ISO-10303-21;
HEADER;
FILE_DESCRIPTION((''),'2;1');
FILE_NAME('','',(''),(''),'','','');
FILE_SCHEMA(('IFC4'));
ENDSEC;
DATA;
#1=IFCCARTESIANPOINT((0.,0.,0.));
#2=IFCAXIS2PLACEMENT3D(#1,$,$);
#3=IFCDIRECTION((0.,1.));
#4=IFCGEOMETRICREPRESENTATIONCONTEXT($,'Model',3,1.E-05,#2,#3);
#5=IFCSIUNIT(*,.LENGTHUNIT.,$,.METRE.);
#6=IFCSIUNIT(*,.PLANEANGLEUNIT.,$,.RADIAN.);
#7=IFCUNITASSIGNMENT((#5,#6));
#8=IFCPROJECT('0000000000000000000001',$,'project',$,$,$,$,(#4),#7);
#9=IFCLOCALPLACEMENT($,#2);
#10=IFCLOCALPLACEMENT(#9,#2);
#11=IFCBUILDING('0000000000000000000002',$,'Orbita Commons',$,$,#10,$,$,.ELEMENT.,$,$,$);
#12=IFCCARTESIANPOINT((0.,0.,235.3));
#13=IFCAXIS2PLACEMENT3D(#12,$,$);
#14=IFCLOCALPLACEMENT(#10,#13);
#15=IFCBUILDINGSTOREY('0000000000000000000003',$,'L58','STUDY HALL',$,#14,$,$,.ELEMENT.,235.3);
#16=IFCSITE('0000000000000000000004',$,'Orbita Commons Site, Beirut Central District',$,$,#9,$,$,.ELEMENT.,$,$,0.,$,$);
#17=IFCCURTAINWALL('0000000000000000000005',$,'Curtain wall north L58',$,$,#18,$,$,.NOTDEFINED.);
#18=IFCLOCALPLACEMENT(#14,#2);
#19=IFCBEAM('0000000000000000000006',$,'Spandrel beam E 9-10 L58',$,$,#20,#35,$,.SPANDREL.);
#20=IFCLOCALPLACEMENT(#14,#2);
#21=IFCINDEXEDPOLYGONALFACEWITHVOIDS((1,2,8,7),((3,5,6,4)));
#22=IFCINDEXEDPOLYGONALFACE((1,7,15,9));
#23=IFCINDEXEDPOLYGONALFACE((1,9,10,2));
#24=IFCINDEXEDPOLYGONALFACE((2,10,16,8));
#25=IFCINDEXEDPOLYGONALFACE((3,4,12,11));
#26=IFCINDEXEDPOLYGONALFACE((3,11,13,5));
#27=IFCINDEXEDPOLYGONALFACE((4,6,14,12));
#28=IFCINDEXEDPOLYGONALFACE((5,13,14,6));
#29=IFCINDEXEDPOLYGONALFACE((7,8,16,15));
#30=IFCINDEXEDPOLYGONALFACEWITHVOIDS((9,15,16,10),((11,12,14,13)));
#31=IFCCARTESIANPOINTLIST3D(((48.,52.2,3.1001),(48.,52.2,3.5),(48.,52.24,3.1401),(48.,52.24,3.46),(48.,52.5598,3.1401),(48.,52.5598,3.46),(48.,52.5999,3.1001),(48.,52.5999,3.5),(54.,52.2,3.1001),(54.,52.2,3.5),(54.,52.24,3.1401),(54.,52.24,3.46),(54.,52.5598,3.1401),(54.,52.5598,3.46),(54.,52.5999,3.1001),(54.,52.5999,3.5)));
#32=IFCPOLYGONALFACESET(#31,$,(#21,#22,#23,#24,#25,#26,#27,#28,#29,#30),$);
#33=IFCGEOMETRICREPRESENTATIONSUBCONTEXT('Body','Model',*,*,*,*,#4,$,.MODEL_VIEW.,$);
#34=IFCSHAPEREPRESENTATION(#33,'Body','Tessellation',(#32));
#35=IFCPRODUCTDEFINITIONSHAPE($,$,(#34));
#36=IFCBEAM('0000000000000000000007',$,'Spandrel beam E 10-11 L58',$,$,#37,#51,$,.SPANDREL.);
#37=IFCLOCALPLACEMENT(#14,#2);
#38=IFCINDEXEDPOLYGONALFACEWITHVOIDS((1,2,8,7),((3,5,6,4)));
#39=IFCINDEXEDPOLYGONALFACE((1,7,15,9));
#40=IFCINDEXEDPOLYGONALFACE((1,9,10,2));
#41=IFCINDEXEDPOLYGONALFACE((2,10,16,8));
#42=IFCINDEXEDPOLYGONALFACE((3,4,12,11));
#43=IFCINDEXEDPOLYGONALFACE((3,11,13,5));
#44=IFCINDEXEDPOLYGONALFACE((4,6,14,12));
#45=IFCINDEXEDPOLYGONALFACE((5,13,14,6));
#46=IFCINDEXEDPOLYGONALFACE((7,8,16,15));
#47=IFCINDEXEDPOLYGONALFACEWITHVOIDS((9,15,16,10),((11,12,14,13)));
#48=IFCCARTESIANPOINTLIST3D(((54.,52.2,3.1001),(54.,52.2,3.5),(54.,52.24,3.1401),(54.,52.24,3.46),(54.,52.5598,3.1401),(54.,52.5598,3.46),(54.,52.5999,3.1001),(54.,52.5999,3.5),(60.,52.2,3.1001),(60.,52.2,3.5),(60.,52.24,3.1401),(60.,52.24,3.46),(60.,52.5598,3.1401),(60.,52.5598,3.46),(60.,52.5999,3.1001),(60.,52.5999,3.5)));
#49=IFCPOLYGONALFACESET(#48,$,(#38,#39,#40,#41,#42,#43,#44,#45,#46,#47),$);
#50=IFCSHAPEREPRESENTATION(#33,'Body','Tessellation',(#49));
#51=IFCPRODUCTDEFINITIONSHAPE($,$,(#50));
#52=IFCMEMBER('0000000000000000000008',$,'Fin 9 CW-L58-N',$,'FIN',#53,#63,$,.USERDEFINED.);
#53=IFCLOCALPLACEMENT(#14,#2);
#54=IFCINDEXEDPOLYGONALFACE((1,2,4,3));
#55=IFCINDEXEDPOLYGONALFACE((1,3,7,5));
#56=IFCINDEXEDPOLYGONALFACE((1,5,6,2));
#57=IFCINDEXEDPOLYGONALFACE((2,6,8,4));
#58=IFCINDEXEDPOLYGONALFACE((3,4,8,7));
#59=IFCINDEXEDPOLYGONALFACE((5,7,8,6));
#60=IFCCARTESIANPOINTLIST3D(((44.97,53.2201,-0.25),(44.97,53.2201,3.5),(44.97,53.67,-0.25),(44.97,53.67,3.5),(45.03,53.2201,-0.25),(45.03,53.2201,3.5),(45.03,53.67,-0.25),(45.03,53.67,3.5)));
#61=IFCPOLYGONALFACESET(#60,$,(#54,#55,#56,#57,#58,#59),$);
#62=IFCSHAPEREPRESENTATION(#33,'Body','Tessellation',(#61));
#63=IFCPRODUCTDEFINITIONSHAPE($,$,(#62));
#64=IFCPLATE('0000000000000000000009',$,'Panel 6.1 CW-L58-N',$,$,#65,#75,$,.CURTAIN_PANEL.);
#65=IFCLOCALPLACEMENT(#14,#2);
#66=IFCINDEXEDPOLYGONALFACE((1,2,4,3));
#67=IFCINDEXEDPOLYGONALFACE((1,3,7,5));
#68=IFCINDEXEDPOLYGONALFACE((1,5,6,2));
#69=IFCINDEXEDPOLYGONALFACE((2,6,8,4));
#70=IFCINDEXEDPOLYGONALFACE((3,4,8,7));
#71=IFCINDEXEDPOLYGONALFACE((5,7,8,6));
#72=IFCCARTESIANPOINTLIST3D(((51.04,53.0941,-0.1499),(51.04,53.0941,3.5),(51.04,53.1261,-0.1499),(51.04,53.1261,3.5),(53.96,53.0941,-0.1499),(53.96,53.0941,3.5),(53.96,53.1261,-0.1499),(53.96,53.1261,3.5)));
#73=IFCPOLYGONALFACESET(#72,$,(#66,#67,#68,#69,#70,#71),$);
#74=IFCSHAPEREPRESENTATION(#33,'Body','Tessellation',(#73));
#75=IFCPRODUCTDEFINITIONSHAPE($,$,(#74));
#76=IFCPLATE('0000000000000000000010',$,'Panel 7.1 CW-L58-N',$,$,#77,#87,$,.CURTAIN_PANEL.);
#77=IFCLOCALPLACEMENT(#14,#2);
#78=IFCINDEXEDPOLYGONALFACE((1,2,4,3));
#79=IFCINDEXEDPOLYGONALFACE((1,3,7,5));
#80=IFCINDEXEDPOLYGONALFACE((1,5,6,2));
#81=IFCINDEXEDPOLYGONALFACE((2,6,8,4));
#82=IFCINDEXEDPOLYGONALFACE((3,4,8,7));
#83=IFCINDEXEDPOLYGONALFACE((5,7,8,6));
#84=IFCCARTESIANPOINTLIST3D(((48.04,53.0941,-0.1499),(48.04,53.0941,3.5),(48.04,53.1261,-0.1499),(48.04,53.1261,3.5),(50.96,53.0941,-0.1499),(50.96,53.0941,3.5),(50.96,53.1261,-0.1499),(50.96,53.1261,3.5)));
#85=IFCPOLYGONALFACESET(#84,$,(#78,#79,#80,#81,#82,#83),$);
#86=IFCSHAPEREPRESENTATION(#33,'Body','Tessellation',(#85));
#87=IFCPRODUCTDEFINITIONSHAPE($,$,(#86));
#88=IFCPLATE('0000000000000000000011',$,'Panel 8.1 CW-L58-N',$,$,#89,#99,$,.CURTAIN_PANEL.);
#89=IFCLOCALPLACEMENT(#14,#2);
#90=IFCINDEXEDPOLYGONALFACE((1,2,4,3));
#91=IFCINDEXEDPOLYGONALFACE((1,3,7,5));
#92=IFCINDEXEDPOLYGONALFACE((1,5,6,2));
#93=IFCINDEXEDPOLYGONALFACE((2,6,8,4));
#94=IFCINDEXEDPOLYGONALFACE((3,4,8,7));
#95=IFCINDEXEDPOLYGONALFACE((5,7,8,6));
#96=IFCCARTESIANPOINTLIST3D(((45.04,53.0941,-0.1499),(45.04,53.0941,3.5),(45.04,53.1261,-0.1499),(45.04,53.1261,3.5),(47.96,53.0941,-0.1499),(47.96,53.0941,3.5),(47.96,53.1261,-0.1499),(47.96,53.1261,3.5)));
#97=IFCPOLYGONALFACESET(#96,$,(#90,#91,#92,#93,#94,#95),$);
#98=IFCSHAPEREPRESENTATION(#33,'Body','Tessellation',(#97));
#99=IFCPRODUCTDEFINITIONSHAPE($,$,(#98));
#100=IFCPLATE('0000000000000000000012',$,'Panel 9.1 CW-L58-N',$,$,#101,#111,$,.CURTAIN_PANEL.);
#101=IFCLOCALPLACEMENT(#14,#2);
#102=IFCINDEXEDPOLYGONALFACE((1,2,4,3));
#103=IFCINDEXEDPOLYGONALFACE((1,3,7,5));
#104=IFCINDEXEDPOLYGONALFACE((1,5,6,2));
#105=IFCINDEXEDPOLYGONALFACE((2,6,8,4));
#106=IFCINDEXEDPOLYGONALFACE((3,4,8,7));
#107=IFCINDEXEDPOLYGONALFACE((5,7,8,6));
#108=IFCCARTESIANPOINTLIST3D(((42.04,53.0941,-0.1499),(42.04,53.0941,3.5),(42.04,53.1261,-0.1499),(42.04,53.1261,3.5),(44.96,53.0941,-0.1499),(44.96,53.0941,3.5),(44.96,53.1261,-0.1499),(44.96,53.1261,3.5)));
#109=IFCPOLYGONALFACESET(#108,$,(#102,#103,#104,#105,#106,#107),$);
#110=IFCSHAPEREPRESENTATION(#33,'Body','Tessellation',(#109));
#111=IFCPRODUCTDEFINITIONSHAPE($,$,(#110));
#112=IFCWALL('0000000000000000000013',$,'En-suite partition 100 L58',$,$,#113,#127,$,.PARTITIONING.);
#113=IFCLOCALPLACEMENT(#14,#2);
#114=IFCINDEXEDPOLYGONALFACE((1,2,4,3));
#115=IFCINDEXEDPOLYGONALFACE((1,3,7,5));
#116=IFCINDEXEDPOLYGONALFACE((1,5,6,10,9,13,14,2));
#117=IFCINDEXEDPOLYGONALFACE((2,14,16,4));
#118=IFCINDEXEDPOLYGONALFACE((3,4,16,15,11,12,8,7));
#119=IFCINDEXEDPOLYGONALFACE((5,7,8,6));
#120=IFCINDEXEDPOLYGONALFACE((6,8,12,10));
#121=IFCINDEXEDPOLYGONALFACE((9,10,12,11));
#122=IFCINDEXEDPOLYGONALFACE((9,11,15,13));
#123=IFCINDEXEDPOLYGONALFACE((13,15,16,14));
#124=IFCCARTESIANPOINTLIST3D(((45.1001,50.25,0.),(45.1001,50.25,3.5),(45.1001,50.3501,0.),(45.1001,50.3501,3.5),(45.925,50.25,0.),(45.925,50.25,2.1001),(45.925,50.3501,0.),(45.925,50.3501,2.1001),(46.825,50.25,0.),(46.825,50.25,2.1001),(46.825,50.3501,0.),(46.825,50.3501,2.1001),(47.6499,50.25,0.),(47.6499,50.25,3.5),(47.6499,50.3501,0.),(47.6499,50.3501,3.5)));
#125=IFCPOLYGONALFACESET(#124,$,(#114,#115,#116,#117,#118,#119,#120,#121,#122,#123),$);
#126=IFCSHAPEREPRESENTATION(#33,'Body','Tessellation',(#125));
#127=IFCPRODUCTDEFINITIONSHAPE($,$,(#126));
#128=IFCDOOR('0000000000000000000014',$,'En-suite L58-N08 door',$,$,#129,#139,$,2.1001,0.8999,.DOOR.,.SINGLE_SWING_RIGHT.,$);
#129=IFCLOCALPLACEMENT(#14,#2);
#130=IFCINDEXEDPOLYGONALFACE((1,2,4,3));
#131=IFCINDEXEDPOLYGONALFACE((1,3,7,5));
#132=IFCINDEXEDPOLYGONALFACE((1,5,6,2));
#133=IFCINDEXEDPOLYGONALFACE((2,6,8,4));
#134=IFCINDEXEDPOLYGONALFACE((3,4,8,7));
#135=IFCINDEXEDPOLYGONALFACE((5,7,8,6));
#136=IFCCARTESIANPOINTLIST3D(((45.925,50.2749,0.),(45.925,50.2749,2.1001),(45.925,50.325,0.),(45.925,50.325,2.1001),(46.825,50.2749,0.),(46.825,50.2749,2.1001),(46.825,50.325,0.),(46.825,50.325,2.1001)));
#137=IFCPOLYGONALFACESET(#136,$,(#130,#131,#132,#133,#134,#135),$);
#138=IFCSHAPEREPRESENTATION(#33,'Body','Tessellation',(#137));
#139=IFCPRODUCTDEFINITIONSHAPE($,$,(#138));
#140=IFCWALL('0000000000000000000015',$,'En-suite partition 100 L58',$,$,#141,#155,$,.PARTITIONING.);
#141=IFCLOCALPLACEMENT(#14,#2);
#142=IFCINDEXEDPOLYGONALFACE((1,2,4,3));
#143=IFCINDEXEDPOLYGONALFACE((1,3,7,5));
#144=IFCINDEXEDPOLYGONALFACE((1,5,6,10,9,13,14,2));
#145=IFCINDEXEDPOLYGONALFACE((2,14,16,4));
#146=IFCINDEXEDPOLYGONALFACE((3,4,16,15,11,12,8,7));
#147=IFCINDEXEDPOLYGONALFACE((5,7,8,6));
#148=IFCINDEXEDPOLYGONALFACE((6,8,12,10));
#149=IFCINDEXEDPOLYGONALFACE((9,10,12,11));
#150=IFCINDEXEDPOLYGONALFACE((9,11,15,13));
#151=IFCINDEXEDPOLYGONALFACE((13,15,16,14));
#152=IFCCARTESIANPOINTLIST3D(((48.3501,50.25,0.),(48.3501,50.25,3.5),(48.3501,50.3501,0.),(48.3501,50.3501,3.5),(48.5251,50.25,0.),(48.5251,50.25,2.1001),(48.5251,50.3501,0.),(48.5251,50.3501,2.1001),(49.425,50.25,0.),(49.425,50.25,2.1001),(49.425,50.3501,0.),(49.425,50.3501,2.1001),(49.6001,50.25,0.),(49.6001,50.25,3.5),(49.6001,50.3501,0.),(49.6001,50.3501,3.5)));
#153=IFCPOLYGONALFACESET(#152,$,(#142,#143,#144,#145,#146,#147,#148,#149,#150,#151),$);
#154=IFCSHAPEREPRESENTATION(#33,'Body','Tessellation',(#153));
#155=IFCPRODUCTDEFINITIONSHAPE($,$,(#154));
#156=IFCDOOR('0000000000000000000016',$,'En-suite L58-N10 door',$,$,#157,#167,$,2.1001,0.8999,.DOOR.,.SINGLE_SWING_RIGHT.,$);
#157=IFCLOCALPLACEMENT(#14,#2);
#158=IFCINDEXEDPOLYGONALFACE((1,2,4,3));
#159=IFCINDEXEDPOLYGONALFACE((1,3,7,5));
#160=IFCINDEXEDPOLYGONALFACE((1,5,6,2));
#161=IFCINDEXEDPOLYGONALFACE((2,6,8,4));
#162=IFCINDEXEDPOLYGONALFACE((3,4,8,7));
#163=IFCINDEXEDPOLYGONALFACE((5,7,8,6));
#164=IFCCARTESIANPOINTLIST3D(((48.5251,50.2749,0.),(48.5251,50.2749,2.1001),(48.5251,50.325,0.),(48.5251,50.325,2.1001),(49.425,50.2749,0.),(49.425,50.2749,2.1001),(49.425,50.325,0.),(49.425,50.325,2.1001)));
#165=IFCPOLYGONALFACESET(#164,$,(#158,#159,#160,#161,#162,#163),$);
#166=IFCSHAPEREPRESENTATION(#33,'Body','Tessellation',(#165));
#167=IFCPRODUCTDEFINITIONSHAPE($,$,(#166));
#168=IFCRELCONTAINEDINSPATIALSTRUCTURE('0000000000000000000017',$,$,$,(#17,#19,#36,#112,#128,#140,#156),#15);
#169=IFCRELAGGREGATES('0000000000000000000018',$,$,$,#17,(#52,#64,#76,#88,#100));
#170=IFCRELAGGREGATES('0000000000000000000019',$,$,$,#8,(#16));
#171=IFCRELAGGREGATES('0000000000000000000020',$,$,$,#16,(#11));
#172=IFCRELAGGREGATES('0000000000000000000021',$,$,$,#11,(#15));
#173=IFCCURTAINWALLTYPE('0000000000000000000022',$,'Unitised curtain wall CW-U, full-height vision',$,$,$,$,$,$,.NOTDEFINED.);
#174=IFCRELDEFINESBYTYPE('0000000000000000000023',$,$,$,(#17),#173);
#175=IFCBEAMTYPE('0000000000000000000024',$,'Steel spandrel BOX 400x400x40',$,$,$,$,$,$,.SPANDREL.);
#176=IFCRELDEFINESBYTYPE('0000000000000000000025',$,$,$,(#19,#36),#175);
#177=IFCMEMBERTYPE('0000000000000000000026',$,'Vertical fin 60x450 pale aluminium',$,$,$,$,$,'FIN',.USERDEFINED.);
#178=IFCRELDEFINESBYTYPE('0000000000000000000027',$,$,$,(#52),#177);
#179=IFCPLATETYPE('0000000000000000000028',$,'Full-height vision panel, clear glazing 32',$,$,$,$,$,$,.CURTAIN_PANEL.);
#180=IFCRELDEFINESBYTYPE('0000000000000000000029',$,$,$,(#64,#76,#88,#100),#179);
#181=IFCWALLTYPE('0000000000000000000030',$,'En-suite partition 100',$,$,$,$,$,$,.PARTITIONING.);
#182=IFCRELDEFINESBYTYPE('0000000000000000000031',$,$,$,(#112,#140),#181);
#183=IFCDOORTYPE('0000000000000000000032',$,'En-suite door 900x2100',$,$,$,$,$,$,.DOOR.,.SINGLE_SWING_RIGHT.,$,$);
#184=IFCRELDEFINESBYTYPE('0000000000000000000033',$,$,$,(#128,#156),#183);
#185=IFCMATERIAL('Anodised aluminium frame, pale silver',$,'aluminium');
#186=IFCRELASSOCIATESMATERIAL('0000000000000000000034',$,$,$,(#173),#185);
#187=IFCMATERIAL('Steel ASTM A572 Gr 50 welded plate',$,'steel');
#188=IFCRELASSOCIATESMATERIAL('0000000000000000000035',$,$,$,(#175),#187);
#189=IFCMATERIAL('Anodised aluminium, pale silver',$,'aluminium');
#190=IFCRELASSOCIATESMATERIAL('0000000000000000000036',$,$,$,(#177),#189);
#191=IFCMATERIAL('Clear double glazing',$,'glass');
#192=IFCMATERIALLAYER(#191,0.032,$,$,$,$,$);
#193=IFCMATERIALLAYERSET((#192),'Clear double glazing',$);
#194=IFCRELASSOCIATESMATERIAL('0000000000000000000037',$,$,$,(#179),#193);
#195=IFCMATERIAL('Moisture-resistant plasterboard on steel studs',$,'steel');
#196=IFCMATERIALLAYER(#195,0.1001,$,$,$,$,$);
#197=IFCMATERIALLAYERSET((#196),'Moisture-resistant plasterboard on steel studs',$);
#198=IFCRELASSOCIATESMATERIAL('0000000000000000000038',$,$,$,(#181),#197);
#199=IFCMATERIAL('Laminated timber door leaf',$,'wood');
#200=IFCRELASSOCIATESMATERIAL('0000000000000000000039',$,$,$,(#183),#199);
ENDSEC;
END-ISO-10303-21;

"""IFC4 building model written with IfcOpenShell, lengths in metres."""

from ifc_helpers import new_model, si_unit, direction, frame, frame_2d, origin, origin_2d, place, context, subcontext, project, spatial, rectangle, hollow_rectangle, extrude, material, layer, layer_set, material_profile, profile_set, type_object, element, fill, aggregate, save


model = new_model("IFC4")

# Units and contexts
model_context = context("Model", 3, precision=1e-05, world=origin(), true_north=direction((0.0, 1.0)))
body_context = subcontext(model_context, "Body", "Model", "MODEL_VIEW")
ifc_project = project(units=[si_unit("LENGTHUNIT", "METRE"), si_unit("PLANEANGLEUNIT", "RADIAN")], contexts=[model_context])

# Site, building, storey
site_placement = place(None, origin())
site = spatial("IfcSite", under=ifc_project, at=site_placement, Name="Orbita Commons Site, Beirut Central District", CompositionType="ELEMENT", RefElevation=0.0)
building_placement = place(site_placement, origin())
building = spatial("IfcBuilding", under=site, at=building_placement, Name="Orbita Commons", CompositionType="ELEMENT")
storey_placement = place(building_placement, frame((0.0, 0.0, 235.3)))
storey = spatial("IfcBuildingStorey", under=building, at=storey_placement, Name="L58", Description="STUDY HALL", CompositionType="ELEMENT", Elevation=235.3)

# Curtain wall
ifc_material_1 = material(Name="Anodised aluminium frame, pale silver", Category="aluminium")
curtain_wall_type = type_object("IfcCurtainWallType", Name="Unitised curtain wall CW-U, full-height vision", PredefinedType="NOTDEFINED", material=ifc_material_1)
curtain_wall_placement = place(storey_placement, origin())
curtain_wall = element("IfcCurtainWall", 1, at=curtain_wall_placement, inside=storey, type_object=curtain_wall_type, Name="Curtain wall north L58", PredefinedType="NOTDEFINED")

# Beams
ifc_material_2 = material(Name="Steel ASTM A572 Gr 50 welded plate", Category="steel")
ifc_material_profile_1 = material_profile(ifc_material_2, hollow_rectangle(XDim=0.3999, YDim=0.3999, WallThickness=0.04, at=origin_2d()), Name="BOX 400x400x40")
ifc_profile_set_1 = profile_set([ifc_material_profile_1], Name="Steel ASTM A572 Gr 50 welded plate")
beam_type = type_object("IfcBeamType", Name="Steel spandrel BOX 400x400x40", PredefinedType="SPANDREL", material=ifc_profile_set_1)
for number, where, z_axis, x_axis, name in (
    (2, (48.0, 52.3999, 3.3), (1.0, 0.0, 0.0), (0.0, 1.0, 0.0), "Spandrel beam E 9-10 L58"),
    (3, (54.0, 52.3999, 3.3), (1.0, 0.0, 0.0), (0.0, 1.0, 0.0), "Spandrel beam E 10-11 L58"),
):
    element("IfcBeam", number, at=place(storey_placement, frame(where, z_axis=z_axis, x_axis=x_axis)), inside=storey, type_object=beam_type, Name=name, PredefinedType="SPANDREL", context=body_context, shape_type="SweptSolid", body=[
        extrude(hollow_rectangle(XDim=0.3999, YDim=0.3999, WallThickness=0.04, at=origin_2d()), origin(), (0.0, 0.0, 1.0), 6.0),
    ])

# Member
ifc_material_3 = material(Name="Anodised aluminium, pale silver", Category="aluminium")
ifc_material_profile_2 = material_profile(ifc_material_3, rectangle(XDim=0.0601, YDim=0.45, at=origin_2d()), Name="FIN 60x450")
ifc_profile_set_2 = profile_set([ifc_material_profile_2], Name="Anodised aluminium, pale silver")
member_type_1 = type_object("IfcMemberType", Name="Vertical fin 60x450 pale aluminium", ElementType="FIN", PredefinedType="USERDEFINED", material=ifc_profile_set_2)
member_1_placement = place(storey_placement, frame((45.0, 53.4451, -0.25), z_axis=(0.0, 0.0, 1.0), x_axis=(-1.0, 0.0, 0.0)))
member_1 = element("IfcMember", 4, at=member_1_placement, type_object=member_type_1, Name="Fin 9 CW-L58-N", ObjectType="FIN", PredefinedType="USERDEFINED", context=body_context, shape_type="SweptSolid", body=[
    extrude(rectangle(XDim=0.0601, YDim=0.45, at=origin_2d()), origin(), (0.0, 0.0, 1.0), 3.75),
])

# Plates
ifc_material_4 = material(Name="Clear double glazing", Category="glass")
ifc_layer_1 = layer(ifc_material_4, 0.032)
ifc_layer_set_1 = layer_set([ifc_layer_1], Name="Clear double glazing")
plate_type = type_object("IfcPlateType", Name="Full-height vision panel, clear glazing 32", PredefinedType="CURTAIN_PANEL", material=ifc_layer_set_1)
plate_1_placement = place(storey_placement, frame((52.5, 53.1101, -0.1499), z_axis=(0.0, 0.0, 1.0), x_axis=(-1.0, 0.0, 0.0)))
plate_1 = element("IfcPlate", 5, at=plate_1_placement, type_object=plate_type, Name="Panel 6.1 CW-L58-N", PredefinedType="CURTAIN_PANEL", context=body_context, shape_type="SweptSolid", body=[
    extrude(rectangle(XDim=2.9199, YDim=0.032, at=origin_2d()), origin(), (0.0, 0.0, 1.0), 3.6499),
])
plate_2_placement = place(storey_placement, frame((49.5, 53.1101, -0.1499), z_axis=(0.0, 0.0, 1.0), x_axis=(-1.0, 0.0, 0.0)))
plate_2 = element("IfcPlate", 6, at=plate_2_placement, type_object=plate_type, Name="Panel 7.1 CW-L58-N", PredefinedType="CURTAIN_PANEL", context=body_context, shape_type="SweptSolid", body=[
    extrude(rectangle(XDim=2.9199, YDim=0.032, at=origin_2d()), origin(), (0.0, 0.0, 1.0), 3.6499),
])
plate_3_placement = place(storey_placement, frame((46.5, 53.1101, -0.1499), z_axis=(0.0, 0.0, 1.0), x_axis=(-1.0, 0.0, 0.0)))
plate_3 = element("IfcPlate", 7, at=plate_3_placement, type_object=plate_type, Name="Panel 8.1 CW-L58-N", PredefinedType="CURTAIN_PANEL", context=body_context, shape_type="SweptSolid", body=[
    extrude(rectangle(XDim=2.9199, YDim=0.032, at=origin_2d()), origin(), (0.0, 0.0, 1.0), 3.6499),
])
plate_4_placement = place(storey_placement, frame((43.5, 53.1101, -0.1499), z_axis=(0.0, 0.0, 1.0), x_axis=(-1.0, 0.0, 0.0)))
plate_4 = element("IfcPlate", 8, at=plate_4_placement, type_object=plate_type, Name="Panel 9.1 CW-L58-N", PredefinedType="CURTAIN_PANEL", context=body_context, shape_type="SweptSolid", body=[
    extrude(rectangle(XDim=2.9199, YDim=0.032, at=origin_2d()), origin(), (0.0, 0.0, 1.0), 3.6499),
])
aggregate(curtain_wall, [member_1, plate_1, plate_2, plate_3, plate_4])

# Walls, openings, doors
ifc_material_5 = material(Name="Moisture-resistant plasterboard on steel studs", Category="steel")
ifc_layer_2 = layer(ifc_material_5, 0.1001)
ifc_layer_set_2 = layer_set([ifc_layer_2], Name="Moisture-resistant plasterboard on steel studs")
wall_type_1 = type_object("IfcWallType", Name="En-suite partition 100", PredefinedType="PARTITIONING", material=ifc_layer_set_2)
wall_1_placement = place(storey_placement, frame((45.1001, 50.3, 0.0), z_axis=(0.0, 0.0, 1.0), x_axis=(1.0, 0.0, 0.0)))
wall_1 = element("IfcWall", 9, at=wall_1_placement, inside=storey, type_object=wall_type_1, Name="En-suite partition 100 L58", PredefinedType="PARTITIONING", context=body_context, shape_type="SweptSolid", body=[
    extrude(rectangle(XDim=2.5498, YDim=0.1001, at=frame_2d((1.2749, 0.0))), origin(), (0.0, 0.0, 1.0), 3.5),
])
opening_1_placement = place(wall_1_placement, frame((0.825, 0.0, 0.0)))
opening_1 = element("IfcOpeningElement", 10, at=opening_1_placement, cuts=wall_1, PredefinedType="OPENING", context=body_context, shape_type="SweptSolid", body=[
    extrude(rectangle(XDim=0.8999, YDim=2.1001, at=frame_2d((0.45, 1.05))), frame((0.0, 0.0601, 0.0), z_axis=(0.0, -1.0, 0.0), x_axis=(1.0, 0.0, 0.0)), (0.0, 0.0, 1.0), 0.1201),
])
ifc_material_6 = material(Name="Laminated timber door leaf", Category="wood")
door_type = type_object("IfcDoorType", Name="En-suite door 900x2100", OperationType="SINGLE_SWING_RIGHT", PredefinedType="DOOR", material=ifc_material_6)
door_1_placement = place(opening_1_placement, origin())
door_1 = element("IfcDoor", 11, at=door_1_placement, inside=storey, type_object=door_type, Name="En-suite L58-N08 door", OperationType="SINGLE_SWING_RIGHT", OverallHeight=2.1001, OverallWidth=0.8999, PredefinedType="DOOR", context=body_context, shape_type="SweptSolid", body=[
    extrude(rectangle(XDim=0.8999, YDim=2.1001, at=frame_2d((0.45, 1.05))), frame((0.0, 0.0249, 0.0), z_axis=(0.0, -1.0, 0.0), x_axis=(1.0, 0.0, 0.0)), (0.0, 0.0, 1.0), 0.05),
])
fill(opening_1, door_1)
wall_2_placement = place(storey_placement, frame((48.3501, 50.3, 0.0), z_axis=(0.0, 0.0, 1.0), x_axis=(1.0, 0.0, 0.0)))
wall_2 = element("IfcWall", 12, at=wall_2_placement, inside=storey, type_object=wall_type_1, Name="En-suite partition 100 L58", PredefinedType="PARTITIONING", context=body_context, shape_type="SweptSolid", body=[
    extrude(rectangle(XDim=1.25, YDim=0.1001, at=frame_2d((0.625, 0.0))), origin(), (0.0, 0.0, 1.0), 3.5),
])
opening_2_placement = place(wall_2_placement, frame((0.175, 0.0, 0.0)))
opening_2 = element("IfcOpeningElement", 13, at=opening_2_placement, cuts=wall_2, PredefinedType="OPENING", context=body_context, shape_type="SweptSolid", body=[
    extrude(rectangle(XDim=0.8999, YDim=2.1001, at=frame_2d((0.45, 1.05))), frame((0.0, 0.0601, 0.0), z_axis=(0.0, -1.0, 0.0), x_axis=(1.0, 0.0, 0.0)), (0.0, 0.0, 1.0), 0.1201),
])
door_2_placement = place(opening_2_placement, origin())
door_2 = element("IfcDoor", 14, at=door_2_placement, inside=storey, type_object=door_type, Name="En-suite L58-N10 door", OperationType="SINGLE_SWING_RIGHT", OverallHeight=2.1001, OverallWidth=0.8999, PredefinedType="DOOR", context=body_context, shape_type="SweptSolid", body=[
    extrude(rectangle(XDim=0.8999, YDim=2.1001, at=frame_2d((0.45, 1.05))), frame((0.0, 0.0249, 0.0), z_axis=(0.0, -1.0, 0.0), x_axis=(1.0, 0.0, 0.0)), (0.0, 0.0, 1.0), 0.05),
])
fill(opening_2, door_2)

save(model, "model.ifc")
